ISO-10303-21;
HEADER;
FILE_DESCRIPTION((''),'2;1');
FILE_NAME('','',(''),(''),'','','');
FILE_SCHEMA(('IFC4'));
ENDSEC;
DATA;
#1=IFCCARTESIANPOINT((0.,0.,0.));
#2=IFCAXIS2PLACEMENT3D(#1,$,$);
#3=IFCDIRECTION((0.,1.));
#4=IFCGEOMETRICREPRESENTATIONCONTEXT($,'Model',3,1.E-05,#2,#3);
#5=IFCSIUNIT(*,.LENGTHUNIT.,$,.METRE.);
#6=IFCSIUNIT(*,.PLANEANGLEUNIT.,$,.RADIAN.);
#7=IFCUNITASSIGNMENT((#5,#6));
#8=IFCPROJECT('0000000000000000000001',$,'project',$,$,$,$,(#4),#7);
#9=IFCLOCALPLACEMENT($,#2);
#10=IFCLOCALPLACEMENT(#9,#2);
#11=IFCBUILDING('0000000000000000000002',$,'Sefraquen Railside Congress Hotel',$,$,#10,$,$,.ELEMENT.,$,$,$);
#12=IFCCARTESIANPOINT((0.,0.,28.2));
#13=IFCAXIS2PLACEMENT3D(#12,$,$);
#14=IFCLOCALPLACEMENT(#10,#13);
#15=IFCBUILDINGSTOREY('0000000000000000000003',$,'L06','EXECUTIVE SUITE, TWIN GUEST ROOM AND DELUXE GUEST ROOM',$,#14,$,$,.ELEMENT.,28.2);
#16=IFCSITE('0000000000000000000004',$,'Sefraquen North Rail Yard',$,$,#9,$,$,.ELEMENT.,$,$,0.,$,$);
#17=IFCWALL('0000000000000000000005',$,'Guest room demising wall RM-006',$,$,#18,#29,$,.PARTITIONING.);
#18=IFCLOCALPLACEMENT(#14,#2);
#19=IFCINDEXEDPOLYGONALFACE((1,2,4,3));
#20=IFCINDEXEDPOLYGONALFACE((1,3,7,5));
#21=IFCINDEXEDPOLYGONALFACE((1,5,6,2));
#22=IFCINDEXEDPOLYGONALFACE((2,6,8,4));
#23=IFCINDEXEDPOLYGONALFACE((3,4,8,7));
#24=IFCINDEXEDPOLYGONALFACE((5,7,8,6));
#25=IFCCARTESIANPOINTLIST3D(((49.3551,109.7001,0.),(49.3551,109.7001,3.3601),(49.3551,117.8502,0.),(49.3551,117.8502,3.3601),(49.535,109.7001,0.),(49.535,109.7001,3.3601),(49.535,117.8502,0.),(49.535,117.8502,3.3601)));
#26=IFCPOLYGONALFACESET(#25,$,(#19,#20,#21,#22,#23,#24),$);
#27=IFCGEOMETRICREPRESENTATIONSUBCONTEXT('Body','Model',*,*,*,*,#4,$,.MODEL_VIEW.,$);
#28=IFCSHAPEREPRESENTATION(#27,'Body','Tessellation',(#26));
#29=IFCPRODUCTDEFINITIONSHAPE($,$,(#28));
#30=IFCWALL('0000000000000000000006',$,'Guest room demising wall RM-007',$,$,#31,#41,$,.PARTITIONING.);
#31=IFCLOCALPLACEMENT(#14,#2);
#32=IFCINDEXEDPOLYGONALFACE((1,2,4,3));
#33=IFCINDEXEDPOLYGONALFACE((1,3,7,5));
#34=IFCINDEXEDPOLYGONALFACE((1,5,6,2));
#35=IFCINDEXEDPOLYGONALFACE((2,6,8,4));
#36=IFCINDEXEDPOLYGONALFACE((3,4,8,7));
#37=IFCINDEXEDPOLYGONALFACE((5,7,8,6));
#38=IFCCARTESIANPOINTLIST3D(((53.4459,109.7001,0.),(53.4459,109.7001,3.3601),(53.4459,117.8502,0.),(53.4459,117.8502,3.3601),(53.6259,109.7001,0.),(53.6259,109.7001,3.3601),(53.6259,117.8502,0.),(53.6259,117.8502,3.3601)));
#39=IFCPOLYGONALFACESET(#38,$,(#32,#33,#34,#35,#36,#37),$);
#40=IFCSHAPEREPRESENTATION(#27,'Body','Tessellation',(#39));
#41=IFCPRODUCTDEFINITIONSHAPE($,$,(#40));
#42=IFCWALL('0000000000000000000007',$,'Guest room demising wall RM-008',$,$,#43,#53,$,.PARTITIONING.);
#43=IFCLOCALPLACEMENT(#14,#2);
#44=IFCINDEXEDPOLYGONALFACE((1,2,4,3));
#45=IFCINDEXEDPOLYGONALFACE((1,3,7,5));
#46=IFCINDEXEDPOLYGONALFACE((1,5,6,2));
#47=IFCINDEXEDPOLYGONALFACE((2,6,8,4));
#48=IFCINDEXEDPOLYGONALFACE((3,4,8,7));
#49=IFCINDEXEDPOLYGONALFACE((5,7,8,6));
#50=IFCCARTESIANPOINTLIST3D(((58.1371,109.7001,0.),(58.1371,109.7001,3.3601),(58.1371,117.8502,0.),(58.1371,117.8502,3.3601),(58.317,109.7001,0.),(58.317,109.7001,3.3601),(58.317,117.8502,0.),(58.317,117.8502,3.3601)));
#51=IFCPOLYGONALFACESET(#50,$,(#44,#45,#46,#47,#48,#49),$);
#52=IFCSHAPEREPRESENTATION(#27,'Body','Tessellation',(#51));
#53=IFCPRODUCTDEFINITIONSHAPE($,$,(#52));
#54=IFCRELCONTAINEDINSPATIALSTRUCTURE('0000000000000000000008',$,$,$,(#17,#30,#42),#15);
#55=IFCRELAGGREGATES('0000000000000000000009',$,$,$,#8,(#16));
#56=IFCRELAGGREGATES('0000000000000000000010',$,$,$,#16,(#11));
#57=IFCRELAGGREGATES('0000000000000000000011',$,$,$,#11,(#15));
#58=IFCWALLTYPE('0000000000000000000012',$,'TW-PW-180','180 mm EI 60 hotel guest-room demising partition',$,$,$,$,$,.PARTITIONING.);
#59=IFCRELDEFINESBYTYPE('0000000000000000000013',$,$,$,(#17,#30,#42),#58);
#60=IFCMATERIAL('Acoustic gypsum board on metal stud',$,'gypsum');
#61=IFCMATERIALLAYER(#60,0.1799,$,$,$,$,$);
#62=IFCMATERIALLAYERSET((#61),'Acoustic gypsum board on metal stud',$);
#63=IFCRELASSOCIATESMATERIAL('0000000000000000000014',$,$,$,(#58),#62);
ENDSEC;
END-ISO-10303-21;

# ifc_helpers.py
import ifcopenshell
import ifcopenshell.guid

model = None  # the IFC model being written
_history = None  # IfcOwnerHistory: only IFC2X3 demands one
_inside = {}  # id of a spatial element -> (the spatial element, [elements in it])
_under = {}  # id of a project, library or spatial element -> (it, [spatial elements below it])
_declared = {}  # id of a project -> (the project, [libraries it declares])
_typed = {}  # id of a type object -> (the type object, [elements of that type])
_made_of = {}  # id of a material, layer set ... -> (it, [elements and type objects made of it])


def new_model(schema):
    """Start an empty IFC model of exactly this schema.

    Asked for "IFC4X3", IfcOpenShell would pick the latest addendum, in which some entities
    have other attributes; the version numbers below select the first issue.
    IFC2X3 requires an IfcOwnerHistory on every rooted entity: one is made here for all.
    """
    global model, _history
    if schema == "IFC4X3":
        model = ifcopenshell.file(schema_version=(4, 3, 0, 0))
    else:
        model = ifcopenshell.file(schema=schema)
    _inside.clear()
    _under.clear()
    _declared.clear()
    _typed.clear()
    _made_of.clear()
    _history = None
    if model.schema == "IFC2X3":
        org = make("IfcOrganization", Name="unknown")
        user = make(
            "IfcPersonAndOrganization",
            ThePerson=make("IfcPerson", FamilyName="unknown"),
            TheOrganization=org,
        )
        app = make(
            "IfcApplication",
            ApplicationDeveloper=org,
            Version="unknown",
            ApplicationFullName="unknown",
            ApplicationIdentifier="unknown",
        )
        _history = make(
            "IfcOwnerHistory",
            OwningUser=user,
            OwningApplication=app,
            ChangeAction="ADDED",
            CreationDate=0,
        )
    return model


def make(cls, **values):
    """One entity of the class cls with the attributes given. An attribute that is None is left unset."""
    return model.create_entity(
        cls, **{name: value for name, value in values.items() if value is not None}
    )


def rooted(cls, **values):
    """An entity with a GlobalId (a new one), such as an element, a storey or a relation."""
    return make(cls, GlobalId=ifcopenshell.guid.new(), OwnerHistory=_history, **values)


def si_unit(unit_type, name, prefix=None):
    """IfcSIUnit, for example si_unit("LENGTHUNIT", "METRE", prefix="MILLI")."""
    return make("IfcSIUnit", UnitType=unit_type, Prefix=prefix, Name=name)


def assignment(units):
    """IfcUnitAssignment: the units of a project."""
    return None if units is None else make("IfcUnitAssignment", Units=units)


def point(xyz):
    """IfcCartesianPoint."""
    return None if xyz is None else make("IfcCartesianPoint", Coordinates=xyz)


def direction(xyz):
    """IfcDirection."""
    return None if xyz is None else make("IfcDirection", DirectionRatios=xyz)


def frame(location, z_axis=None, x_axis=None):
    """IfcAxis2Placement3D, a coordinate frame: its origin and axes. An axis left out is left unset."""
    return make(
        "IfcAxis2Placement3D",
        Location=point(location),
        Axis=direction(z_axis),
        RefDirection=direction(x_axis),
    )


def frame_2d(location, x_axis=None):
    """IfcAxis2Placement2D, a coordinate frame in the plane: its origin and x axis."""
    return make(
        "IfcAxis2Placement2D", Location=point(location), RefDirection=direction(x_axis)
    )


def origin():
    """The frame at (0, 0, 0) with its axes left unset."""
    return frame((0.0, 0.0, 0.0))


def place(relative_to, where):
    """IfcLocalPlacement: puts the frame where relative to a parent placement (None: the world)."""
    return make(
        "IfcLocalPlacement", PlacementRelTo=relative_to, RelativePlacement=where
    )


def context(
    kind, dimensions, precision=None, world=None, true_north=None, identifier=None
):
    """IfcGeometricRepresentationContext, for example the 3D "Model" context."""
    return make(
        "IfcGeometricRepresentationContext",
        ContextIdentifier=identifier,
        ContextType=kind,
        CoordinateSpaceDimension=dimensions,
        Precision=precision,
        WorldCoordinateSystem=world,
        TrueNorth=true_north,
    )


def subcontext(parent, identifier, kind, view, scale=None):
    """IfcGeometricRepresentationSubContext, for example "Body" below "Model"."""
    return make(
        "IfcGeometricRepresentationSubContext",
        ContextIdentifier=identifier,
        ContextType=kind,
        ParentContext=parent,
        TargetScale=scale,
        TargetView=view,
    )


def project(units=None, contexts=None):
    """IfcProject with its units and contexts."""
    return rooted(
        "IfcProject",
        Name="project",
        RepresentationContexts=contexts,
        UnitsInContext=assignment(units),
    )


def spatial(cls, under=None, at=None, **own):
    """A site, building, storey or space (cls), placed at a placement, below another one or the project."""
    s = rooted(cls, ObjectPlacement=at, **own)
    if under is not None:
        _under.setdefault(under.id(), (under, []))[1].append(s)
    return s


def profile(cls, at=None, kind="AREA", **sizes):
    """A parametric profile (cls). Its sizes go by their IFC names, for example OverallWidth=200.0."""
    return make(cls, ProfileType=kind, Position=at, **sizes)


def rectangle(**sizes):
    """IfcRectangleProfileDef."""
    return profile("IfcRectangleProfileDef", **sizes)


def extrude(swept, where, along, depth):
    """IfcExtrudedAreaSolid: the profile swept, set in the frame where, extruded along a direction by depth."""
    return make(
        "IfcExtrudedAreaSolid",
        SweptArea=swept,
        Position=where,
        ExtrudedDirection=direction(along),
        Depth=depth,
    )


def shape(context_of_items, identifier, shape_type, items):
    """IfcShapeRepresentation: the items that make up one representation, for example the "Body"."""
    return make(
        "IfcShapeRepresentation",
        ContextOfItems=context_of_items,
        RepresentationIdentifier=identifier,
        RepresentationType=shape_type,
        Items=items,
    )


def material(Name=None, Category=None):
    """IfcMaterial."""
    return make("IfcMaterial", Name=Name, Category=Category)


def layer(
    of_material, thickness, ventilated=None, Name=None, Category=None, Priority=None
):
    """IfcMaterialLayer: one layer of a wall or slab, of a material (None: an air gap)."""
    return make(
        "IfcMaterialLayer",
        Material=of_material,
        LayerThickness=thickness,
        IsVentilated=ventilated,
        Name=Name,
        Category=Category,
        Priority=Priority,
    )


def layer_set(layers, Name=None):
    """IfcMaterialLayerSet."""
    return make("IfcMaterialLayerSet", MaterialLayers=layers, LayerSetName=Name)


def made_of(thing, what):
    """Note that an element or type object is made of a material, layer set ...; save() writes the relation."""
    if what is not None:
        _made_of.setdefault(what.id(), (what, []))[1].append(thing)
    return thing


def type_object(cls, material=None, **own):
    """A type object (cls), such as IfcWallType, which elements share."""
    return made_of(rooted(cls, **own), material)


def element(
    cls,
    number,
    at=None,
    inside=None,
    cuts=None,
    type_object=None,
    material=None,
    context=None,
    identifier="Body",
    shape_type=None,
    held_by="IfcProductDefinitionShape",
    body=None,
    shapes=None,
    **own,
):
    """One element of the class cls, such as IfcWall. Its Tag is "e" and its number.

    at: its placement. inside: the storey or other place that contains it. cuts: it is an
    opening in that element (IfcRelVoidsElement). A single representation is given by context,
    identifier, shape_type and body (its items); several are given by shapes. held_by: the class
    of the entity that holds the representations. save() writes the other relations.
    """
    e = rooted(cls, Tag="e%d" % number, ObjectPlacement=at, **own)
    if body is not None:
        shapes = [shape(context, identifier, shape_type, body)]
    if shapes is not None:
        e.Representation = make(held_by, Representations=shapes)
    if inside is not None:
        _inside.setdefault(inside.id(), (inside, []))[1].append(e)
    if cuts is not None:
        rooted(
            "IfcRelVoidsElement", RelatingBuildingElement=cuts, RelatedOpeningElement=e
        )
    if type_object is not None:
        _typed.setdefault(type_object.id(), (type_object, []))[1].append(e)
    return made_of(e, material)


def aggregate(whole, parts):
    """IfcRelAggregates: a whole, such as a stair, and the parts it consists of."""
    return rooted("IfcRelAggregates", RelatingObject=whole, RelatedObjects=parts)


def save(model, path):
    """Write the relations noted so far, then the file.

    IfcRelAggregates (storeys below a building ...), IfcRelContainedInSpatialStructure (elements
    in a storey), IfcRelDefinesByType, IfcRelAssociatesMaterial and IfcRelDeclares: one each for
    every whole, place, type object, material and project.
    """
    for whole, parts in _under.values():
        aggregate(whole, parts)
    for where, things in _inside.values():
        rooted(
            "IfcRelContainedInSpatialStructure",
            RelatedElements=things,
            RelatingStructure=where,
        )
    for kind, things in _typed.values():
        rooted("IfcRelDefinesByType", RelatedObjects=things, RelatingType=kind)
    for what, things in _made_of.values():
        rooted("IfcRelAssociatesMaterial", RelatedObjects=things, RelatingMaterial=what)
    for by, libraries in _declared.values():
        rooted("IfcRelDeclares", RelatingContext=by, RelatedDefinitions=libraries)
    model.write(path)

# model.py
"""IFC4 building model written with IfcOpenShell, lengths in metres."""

from ifc_helpers import new_model, si_unit, direction, frame, frame_2d, origin, place, context, subcontext, project, spatial, rectangle, extrude, material, layer, layer_set, type_object, element, save


model = new_model("IFC4")

# Units and contexts
model_context = context("Model", 3, precision=1e-05, world=origin(), true_north=direction((0.0, 1.0)))
body_context = subcontext(model_context, "Body", "Model", "MODEL_VIEW")
ifc_project = project(units=[si_unit("LENGTHUNIT", "METRE"), si_unit("PLANEANGLEUNIT", "RADIAN")], contexts=[model_context])

# Site, building, storey
site_placement = place(None, origin())
site = spatial("IfcSite", under=ifc_project, at=site_placement, Name="Sefraquen North Rail Yard", CompositionType="ELEMENT", RefElevation=0.0)
building_placement = place(site_placement, origin())
building = spatial("IfcBuilding", under=site, at=building_placement, Name="Sefraquen Railside Congress Hotel", CompositionType="ELEMENT")
storey_placement = place(building_placement, frame((0.0, 0.0, 28.2)))
storey = spatial("IfcBuildingStorey", under=building, at=storey_placement, Name="L06", Description="EXECUTIVE SUITE, TWIN GUEST ROOM AND DELUXE GUEST ROOM", CompositionType="ELEMENT", Elevation=28.2)

# Walls
ifc_material_1 = material(Name="Acoustic gypsum board on metal stud", Category="gypsum")
ifc_layer_1 = layer(ifc_material_1, 0.1799)
ifc_layer_set_1 = layer_set([ifc_layer_1], Name="Acoustic gypsum board on metal stud")
wall_type_1 = type_object("IfcWallType", Name="TW-PW-180", Description="180 mm EI 60 hotel guest-room demising partition", PredefinedType="PARTITIONING", material=ifc_layer_set_1)
for number, where, z_axis, x_axis, name in (
    (1, (49.4451, 109.7, 0.0), (0.0, 0.0, 1.0), (0.0, 1.0, 0.0), "Guest room demising wall RM-006"),
    (2, (53.5359, 109.7, 0.0), (0.0, 0.0, 1.0), (0.0, 1.0, 0.0), "Guest room demising wall RM-007"),
    (3, (58.2271, 109.7, 0.0), (0.0, 0.0, 1.0), (0.0, 1.0, 0.0), "Guest room demising wall RM-008"),
):
    element("IfcWall", number, at=place(storey_placement, frame(where, z_axis=z_axis, x_axis=x_axis)), inside=storey, type_object=wall_type_1, Name=name, PredefinedType="PARTITIONING", context=body_context, shape_type="SweptSolid", body=[
        extrude(rectangle(XDim=8.1501, YDim=0.1799, at=frame_2d((4.0752, 0.0))), origin(), (0.0, 0.0, 1.0), 3.3601),
    ])

save(model, "model.ifc")
